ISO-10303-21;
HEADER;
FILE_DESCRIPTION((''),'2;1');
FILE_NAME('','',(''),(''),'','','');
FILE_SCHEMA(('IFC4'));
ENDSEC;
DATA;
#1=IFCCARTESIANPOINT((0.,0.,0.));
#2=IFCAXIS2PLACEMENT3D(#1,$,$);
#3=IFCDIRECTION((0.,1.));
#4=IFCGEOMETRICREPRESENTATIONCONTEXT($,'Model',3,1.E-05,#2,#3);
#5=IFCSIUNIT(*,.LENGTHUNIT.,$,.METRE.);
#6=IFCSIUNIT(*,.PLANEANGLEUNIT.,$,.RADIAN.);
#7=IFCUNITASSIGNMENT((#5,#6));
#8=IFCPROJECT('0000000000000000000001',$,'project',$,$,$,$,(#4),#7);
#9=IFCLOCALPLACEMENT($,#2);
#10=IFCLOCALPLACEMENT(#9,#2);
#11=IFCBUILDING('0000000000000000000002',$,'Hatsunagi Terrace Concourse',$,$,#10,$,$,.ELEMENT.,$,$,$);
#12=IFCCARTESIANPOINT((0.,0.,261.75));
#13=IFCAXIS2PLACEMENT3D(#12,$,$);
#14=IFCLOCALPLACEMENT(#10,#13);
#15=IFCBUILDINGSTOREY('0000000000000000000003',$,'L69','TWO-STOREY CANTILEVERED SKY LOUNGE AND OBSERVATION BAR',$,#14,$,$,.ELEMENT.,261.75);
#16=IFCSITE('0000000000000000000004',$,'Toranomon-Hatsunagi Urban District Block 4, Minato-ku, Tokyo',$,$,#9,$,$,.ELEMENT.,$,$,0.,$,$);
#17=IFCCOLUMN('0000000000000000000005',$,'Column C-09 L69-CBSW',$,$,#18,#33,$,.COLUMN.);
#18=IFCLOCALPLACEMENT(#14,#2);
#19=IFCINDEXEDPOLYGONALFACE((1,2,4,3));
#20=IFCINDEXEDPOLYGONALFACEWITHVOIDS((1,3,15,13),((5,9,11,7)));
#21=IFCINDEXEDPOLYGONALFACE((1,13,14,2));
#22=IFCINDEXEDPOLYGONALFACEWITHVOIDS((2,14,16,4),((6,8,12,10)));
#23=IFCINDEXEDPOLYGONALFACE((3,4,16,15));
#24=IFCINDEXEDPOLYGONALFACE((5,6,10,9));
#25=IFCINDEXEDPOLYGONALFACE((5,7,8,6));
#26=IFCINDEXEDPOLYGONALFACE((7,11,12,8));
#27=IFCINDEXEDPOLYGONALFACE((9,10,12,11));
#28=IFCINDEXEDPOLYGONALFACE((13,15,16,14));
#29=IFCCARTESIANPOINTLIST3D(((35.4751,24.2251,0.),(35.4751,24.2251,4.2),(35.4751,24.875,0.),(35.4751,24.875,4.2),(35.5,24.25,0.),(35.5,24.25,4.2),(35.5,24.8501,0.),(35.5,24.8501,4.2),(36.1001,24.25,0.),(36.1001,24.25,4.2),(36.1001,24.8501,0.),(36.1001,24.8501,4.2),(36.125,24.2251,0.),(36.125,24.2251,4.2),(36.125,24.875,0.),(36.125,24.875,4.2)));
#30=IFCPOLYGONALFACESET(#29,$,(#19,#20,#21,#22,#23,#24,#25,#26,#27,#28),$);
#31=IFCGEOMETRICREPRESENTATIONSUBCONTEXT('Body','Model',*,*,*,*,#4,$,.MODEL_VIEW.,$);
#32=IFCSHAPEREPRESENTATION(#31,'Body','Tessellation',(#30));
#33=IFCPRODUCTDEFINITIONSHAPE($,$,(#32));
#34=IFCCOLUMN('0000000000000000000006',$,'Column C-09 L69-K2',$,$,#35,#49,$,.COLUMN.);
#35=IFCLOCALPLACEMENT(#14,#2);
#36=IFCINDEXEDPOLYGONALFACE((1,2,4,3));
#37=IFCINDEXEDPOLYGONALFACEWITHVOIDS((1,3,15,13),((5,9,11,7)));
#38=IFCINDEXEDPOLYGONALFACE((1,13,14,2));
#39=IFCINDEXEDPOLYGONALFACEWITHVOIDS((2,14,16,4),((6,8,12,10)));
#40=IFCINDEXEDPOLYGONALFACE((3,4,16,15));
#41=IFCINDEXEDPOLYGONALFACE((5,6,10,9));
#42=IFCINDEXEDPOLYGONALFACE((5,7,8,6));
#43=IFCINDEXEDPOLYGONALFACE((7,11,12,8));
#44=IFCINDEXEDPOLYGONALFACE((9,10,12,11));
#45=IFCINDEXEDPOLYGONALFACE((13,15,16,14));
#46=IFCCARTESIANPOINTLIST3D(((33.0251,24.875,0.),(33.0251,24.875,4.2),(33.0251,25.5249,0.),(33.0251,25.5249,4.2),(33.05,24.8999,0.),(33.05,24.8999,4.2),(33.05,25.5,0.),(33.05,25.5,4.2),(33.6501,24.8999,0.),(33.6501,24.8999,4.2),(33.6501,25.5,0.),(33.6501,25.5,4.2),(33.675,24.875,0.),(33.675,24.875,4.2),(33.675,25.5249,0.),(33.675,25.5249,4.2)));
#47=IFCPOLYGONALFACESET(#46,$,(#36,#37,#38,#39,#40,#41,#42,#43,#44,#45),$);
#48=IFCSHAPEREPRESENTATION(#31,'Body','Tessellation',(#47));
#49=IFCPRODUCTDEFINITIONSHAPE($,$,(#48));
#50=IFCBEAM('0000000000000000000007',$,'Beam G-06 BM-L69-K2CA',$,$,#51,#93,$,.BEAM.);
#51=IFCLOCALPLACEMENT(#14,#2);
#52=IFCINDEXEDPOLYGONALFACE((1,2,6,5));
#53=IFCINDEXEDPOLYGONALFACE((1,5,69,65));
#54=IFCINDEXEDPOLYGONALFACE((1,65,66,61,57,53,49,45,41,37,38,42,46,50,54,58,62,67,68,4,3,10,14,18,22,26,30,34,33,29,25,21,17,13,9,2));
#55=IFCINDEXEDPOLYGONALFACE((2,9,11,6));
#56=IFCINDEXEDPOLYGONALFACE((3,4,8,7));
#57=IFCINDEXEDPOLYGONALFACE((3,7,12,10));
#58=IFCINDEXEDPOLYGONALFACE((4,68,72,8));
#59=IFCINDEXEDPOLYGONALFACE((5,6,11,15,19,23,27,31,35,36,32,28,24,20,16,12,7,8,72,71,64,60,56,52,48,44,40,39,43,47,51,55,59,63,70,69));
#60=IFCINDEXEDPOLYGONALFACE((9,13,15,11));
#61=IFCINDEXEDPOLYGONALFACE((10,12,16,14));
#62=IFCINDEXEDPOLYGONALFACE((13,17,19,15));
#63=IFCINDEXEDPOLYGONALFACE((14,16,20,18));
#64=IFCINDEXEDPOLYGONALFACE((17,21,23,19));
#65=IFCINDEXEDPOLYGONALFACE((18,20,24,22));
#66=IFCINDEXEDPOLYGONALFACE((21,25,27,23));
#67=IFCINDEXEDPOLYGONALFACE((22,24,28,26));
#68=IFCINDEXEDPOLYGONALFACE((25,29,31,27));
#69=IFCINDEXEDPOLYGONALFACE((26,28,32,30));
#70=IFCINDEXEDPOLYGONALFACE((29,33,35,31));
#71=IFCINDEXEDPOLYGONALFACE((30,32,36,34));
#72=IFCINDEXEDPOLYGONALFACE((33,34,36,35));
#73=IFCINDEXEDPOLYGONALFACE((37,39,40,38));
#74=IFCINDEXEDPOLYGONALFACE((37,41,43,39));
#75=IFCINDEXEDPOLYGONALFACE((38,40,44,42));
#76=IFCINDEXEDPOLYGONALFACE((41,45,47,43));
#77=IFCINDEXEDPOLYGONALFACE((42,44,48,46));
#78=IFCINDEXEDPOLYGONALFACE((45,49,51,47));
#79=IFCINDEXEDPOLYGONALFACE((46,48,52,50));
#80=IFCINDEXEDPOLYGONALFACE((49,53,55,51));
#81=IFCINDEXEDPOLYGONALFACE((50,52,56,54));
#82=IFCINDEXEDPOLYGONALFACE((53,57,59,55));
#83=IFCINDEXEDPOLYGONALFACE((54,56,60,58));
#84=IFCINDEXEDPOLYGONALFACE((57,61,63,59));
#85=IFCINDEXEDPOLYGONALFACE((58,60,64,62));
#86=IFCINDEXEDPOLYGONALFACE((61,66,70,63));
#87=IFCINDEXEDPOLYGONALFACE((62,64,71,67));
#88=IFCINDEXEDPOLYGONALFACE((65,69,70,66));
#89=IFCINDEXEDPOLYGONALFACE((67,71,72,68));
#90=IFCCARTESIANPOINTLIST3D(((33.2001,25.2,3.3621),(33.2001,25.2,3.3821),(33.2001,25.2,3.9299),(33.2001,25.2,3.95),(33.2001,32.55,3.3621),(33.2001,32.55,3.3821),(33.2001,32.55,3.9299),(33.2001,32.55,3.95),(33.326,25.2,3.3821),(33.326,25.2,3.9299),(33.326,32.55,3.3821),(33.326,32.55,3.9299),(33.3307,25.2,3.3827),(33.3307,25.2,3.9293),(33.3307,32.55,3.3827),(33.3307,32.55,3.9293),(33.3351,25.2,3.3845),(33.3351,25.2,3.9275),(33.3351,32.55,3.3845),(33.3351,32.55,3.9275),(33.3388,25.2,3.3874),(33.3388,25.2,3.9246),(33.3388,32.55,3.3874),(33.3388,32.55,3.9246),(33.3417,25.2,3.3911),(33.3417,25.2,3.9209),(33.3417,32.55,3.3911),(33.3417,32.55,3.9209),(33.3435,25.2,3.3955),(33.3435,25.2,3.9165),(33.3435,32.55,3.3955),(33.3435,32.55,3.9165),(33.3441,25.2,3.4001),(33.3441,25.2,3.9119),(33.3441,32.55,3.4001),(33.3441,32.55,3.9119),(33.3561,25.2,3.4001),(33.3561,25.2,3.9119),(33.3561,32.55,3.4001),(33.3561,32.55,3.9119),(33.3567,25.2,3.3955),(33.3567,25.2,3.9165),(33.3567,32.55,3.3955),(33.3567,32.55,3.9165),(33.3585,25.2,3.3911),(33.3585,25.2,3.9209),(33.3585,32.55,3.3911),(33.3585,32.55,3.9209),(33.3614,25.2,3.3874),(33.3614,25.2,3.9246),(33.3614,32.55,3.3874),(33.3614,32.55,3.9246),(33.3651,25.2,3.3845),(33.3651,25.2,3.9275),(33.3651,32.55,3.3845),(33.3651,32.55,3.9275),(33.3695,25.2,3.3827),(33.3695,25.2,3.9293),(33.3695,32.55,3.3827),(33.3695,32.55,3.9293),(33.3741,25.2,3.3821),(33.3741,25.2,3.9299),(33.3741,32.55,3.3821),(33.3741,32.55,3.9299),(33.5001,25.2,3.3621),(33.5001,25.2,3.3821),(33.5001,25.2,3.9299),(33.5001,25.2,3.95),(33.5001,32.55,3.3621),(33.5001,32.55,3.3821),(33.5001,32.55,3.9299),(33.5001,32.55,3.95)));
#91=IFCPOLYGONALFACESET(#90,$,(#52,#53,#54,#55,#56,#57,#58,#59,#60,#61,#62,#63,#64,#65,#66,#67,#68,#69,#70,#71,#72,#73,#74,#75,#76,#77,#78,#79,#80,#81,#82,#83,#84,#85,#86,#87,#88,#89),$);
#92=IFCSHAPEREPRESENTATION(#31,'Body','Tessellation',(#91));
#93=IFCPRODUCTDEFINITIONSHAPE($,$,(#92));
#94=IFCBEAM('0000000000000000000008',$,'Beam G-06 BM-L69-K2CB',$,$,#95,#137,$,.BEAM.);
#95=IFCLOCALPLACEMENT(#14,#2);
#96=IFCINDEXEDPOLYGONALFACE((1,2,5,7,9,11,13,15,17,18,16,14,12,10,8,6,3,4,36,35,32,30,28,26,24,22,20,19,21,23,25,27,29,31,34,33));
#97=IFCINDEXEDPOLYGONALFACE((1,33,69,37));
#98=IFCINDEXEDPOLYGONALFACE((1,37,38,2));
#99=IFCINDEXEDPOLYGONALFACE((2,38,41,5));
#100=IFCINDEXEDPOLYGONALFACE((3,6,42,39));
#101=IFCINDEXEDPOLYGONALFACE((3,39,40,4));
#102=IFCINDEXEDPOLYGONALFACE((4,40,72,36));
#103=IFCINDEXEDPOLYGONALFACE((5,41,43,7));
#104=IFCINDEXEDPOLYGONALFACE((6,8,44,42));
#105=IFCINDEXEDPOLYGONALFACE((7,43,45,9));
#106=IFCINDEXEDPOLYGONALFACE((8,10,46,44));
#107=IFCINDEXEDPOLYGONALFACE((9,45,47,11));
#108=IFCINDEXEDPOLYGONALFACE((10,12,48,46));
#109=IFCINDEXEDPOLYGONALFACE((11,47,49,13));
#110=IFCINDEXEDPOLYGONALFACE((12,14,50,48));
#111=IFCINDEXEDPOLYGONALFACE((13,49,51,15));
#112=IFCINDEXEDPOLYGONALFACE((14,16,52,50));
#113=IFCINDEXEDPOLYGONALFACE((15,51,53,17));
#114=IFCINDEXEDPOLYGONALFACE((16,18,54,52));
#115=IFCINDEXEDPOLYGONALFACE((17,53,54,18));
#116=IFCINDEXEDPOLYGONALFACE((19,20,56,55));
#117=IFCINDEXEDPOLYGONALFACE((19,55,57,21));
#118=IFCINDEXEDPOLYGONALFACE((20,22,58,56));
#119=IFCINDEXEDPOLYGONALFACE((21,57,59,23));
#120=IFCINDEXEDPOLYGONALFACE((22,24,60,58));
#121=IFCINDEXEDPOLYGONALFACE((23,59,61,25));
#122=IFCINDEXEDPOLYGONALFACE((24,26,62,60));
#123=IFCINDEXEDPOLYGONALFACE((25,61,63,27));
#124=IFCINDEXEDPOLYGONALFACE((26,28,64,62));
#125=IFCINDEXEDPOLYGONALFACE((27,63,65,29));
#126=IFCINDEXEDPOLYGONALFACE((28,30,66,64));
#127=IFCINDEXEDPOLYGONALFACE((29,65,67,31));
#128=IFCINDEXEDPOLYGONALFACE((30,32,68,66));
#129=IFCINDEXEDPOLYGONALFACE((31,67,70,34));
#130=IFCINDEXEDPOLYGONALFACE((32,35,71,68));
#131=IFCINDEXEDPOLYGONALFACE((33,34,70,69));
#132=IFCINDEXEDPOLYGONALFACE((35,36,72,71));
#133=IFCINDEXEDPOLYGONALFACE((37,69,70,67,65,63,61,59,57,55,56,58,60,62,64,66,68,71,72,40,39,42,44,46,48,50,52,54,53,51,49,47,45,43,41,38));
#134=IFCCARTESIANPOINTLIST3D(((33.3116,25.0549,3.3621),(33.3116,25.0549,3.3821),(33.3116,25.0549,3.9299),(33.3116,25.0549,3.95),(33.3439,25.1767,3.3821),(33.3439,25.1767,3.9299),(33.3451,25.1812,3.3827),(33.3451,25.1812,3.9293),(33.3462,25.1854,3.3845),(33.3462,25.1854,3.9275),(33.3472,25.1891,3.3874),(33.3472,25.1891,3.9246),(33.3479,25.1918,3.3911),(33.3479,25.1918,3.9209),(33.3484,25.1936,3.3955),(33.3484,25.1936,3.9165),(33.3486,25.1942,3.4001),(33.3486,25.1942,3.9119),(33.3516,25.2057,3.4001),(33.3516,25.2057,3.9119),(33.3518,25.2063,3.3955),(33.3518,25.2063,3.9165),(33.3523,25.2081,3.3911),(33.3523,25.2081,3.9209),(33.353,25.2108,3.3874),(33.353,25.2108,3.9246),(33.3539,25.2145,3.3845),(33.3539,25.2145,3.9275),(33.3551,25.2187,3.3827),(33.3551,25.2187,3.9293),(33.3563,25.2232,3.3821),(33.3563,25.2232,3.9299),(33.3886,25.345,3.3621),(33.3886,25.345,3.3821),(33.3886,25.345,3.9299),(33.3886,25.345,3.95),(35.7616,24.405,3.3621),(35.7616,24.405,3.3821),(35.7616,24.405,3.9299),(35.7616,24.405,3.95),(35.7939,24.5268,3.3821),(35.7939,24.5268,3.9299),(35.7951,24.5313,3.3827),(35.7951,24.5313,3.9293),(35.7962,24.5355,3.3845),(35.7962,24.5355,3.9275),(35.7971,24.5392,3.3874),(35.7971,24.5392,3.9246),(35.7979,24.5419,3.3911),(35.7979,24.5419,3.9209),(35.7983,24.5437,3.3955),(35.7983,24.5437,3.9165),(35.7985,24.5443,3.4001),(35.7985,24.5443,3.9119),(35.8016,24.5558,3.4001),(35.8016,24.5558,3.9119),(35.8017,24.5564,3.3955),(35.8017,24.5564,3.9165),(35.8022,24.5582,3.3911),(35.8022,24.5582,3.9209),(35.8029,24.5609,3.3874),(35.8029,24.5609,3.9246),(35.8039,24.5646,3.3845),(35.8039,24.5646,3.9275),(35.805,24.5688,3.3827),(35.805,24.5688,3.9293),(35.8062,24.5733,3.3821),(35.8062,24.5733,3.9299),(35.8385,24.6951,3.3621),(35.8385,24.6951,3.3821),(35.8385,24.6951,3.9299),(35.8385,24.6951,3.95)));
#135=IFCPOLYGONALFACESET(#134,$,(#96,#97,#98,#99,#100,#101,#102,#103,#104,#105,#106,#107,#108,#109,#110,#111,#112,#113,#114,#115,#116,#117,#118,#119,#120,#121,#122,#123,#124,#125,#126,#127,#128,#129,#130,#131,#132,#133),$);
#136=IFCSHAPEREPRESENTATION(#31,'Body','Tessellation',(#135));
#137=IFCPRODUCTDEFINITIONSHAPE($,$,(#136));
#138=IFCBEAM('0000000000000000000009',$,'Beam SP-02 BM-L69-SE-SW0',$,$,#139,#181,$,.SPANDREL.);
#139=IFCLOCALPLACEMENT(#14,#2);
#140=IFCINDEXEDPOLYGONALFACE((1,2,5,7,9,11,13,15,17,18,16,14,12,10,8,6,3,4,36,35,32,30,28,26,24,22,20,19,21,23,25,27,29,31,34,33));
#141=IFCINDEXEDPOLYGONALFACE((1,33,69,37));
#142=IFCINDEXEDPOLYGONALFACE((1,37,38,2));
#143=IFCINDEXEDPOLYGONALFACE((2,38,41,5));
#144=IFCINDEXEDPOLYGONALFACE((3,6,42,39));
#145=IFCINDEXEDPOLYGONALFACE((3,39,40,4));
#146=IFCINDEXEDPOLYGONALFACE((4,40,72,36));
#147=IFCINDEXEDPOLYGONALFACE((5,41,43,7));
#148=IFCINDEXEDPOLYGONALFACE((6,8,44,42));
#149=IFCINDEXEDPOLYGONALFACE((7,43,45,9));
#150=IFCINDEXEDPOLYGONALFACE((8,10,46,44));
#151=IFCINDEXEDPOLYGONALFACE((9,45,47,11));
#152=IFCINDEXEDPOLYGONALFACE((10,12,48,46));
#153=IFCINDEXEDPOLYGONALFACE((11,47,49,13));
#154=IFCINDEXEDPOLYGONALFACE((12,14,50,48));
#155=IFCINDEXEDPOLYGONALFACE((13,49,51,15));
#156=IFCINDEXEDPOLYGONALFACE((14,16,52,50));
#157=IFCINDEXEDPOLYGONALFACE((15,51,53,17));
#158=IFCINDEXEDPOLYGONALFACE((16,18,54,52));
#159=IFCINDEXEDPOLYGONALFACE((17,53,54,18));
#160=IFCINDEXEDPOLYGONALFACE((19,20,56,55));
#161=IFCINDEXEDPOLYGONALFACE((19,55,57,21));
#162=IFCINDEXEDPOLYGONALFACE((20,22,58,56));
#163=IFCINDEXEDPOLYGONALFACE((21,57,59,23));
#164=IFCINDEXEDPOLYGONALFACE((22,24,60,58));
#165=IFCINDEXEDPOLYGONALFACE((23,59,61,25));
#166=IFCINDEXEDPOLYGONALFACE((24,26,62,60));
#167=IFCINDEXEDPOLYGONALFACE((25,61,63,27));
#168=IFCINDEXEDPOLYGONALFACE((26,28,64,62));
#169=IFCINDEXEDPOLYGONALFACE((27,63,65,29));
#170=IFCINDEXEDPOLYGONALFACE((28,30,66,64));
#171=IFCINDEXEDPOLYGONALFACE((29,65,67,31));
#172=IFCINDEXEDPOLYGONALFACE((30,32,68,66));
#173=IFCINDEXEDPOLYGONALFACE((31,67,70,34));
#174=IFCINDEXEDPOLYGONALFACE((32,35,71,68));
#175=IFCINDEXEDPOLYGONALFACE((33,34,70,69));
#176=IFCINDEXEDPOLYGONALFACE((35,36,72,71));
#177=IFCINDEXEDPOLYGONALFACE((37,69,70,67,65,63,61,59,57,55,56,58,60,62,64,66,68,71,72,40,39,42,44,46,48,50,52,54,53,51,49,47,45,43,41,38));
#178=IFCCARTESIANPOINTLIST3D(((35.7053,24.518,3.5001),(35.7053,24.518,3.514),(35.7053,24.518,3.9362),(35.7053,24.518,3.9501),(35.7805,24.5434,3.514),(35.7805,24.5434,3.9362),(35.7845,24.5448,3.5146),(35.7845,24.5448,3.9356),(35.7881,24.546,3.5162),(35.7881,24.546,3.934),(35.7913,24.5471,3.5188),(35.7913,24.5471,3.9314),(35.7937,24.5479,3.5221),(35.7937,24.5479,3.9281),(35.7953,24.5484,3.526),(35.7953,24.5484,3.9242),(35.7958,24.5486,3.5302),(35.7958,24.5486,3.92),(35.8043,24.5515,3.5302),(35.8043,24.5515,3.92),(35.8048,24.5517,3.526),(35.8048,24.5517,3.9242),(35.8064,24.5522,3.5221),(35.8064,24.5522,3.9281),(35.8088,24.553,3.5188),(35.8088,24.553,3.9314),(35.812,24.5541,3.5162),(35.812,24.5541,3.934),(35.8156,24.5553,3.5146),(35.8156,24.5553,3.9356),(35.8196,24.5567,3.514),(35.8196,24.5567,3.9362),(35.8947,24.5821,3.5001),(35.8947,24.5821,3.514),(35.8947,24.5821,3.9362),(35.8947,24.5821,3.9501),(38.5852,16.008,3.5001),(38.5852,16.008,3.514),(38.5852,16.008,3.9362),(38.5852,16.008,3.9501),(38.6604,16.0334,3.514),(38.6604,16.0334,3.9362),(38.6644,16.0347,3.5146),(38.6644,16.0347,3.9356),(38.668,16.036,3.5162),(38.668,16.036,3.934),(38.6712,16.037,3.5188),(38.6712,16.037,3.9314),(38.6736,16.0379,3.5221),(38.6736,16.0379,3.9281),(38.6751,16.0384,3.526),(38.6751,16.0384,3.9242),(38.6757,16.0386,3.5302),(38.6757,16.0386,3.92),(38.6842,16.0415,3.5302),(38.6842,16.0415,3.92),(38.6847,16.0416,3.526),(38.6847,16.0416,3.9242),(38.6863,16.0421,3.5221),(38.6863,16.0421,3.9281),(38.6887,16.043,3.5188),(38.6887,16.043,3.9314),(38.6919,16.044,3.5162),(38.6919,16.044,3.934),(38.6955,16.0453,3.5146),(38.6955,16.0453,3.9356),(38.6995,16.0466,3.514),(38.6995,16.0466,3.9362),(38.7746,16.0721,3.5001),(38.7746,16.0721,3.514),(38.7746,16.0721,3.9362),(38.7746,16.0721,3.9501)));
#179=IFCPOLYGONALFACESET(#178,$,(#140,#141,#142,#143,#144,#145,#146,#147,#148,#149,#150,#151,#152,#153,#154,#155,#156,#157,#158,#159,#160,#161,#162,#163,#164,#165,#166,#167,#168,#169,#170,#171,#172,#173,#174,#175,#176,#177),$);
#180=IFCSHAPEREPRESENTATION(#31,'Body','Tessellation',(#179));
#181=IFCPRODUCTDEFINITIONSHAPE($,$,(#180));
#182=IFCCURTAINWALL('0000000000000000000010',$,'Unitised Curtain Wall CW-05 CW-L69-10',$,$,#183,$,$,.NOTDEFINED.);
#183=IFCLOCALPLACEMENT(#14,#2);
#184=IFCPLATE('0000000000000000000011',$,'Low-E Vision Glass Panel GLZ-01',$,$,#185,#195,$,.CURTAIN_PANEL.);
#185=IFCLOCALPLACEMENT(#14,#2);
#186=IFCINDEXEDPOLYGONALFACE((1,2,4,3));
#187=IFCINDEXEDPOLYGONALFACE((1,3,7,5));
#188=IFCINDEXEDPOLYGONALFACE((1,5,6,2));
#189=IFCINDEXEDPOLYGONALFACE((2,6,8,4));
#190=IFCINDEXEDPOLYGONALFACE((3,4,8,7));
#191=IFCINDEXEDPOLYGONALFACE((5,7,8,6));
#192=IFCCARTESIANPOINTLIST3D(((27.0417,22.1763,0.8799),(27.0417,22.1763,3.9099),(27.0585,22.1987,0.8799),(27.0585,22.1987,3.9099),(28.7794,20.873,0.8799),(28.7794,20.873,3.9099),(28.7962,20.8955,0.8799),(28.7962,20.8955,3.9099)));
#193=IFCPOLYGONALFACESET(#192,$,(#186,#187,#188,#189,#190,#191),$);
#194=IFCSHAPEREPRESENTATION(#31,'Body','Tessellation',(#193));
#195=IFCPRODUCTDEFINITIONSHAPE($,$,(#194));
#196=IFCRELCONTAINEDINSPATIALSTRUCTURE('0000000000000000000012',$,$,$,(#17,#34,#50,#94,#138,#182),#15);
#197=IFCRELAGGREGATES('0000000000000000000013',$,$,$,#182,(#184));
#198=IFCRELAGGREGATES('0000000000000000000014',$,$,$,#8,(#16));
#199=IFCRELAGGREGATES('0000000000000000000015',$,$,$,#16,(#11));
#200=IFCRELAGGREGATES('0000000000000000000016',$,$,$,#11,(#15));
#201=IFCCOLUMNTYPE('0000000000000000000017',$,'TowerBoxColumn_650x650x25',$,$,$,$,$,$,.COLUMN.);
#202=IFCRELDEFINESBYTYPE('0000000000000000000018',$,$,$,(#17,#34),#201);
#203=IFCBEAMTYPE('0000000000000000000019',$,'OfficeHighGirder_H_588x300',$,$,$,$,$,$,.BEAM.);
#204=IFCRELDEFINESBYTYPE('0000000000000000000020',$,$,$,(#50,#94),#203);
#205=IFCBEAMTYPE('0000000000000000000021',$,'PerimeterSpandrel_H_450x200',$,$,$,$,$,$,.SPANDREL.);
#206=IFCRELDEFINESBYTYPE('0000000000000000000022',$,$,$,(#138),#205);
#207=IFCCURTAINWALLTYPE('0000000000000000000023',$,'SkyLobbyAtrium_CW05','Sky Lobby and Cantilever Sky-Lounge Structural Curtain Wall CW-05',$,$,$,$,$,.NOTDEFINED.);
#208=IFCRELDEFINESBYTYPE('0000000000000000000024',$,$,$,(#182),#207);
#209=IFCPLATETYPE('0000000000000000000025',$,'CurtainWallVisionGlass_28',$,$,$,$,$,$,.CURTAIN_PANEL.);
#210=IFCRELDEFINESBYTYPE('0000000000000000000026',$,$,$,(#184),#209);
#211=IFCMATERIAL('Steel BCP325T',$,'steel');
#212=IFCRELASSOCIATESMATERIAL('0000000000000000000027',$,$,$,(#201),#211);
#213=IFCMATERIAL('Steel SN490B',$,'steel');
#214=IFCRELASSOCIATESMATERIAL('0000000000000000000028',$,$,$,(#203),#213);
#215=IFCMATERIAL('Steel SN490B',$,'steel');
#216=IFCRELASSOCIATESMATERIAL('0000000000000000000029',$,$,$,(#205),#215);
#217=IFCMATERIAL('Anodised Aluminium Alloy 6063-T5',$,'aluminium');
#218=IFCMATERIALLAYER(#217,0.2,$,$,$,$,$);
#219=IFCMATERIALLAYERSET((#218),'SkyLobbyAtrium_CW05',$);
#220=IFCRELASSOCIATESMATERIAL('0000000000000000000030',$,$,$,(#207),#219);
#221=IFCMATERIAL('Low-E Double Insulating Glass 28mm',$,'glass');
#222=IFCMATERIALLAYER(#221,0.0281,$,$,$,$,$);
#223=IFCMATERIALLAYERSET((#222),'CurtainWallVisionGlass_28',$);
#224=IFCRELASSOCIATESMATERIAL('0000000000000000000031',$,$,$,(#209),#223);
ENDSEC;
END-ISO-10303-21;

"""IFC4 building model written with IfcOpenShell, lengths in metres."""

from ifc_helpers import new_model, si_unit, direction, frame, origin, origin_2d, place, context, subcontext, project, spatial, rectangle, hollow_rectangle, i_section, extrude, material, layer, layer_set, material_profile, profile_set, type_object, element, aggregate, save


model = new_model("IFC4")

# Units and contexts
model_context = context("Model", 3, precision=1e-05, world=origin(), true_north=direction((0.0, 1.0)))
body_context = subcontext(model_context, "Body", "Model", "MODEL_VIEW")
ifc_project = project(units=[si_unit("LENGTHUNIT", "METRE"), si_unit("PLANEANGLEUNIT", "RADIAN")], contexts=[model_context])

# Site, building, storey
site_placement = place(None, origin())
site = spatial("IfcSite", under=ifc_project, at=site_placement, Name="Toranomon-Hatsunagi Urban District Block 4, Minato-ku, Tokyo", CompositionType="ELEMENT", RefElevation=0.0)
building_placement = place(site_placement, origin())
building = spatial("IfcBuilding", under=site, at=building_placement, Name="Hatsunagi Terrace Concourse", CompositionType="ELEMENT")
storey_placement = place(building_placement, frame((0.0, 0.0, 261.75)))
storey = spatial("IfcBuildingStorey", under=building, at=storey_placement, Name="L69", Description="TWO-STOREY CANTILEVERED SKY LOUNGE AND OBSERVATION BAR", CompositionType="ELEMENT", Elevation=261.75)

# Columns
ifc_material_1 = material(Name="Steel BCP325T", Category="steel")
ifc_material_profile_1 = material_profile(ifc_material_1, hollow_rectangle(XDim=0.6499, YDim=0.6499, WallThickness=0.0249, at=origin_2d()), Name="BCP-650x650x25")
ifc_profile_set_1 = profile_set([ifc_material_profile_1], Name="Steel BCP325T")
column_type = type_object("IfcColumnType", Name="TowerBoxColumn_650x650x25", PredefinedType="COLUMN", material=ifc_profile_set_1)
for number, where, z_axis, x_axis, name in (
    (1, (35.8, 24.55, 0.0), (0.0, 0.0, 1.0), (1.0, 0.0, 0.0), "Column C-09 L69-CBSW"),
    (2, (33.3501, 25.2, 0.0), (0.0, 0.0, 1.0), (1.0, 0.0, 0.0), "Column C-09 L69-K2"),
):
    element("IfcColumn", number, at=place(storey_placement, frame(where, z_axis=z_axis, x_axis=x_axis)), inside=storey, type_object=column_type, Name=name, PredefinedType="COLUMN", context=body_context, shape_type="SweptSolid", body=[
        extrude(hollow_rectangle(XDim=0.6499, YDim=0.6499, WallThickness=0.0249, at=origin_2d()), origin(), (0.0, 0.0, 1.0), 4.2),
    ])

# Beams
ifc_material_2 = material(Name="Steel SN490B", Category="steel")
ifc_material_profile_2 = material_profile(ifc_material_2, i_section(OverallWidth=0.3, OverallDepth=0.5879, WebThickness=0.012, FlangeThickness=0.02, FilletRadius=0.0181, at=origin_2d()), Name="H-588x300x12x20")
ifc_profile_set_2 = profile_set([ifc_material_profile_2], Name="Steel SN490B")
beam_type_1 = type_object("IfcBeamType", Name="OfficeHighGirder_H_588x300", PredefinedType="BEAM", material=ifc_profile_set_2)
beam_1_placement = place(storey_placement, frame((33.3501, 25.2, 3.656), z_axis=(0.0, 1.0, 0.0), x_axis=(-1.0, 0.0, 0.0)))
element("IfcBeam", 3, at=beam_1_placement, inside=storey, type_object=beam_type_1, Name="Beam G-06 BM-L69-K2CA", PredefinedType="BEAM", context=body_context, shape_type="SweptSolid", body=[
    extrude(i_section(OverallWidth=0.3, OverallDepth=0.5879, WebThickness=0.012, FlangeThickness=0.02, FilletRadius=0.0181, at=origin_2d()), origin(), (0.0, 0.0, 1.0), 7.3501),
])
beam_2_placement = place(storey_placement, frame((33.3501, 25.2, 3.656), z_axis=(0.96657, -0.256403, 0.0), x_axis=(0.256403, 0.96657, 0.0)))
element("IfcBeam", 4, at=beam_2_placement, inside=storey, type_object=beam_type_1, Name="Beam G-06 BM-L69-K2CB", PredefinedType="BEAM", context=body_context, shape_type="SweptSolid", body=[
    extrude(i_section(OverallWidth=0.3, OverallDepth=0.5879, WebThickness=0.012, FlangeThickness=0.02, FilletRadius=0.0181, at=origin_2d()), origin(), (0.0, 0.0, 1.0), 2.5347),
])
ifc_material_3 = material(Name="Steel SN490B", Category="steel")
ifc_material_profile_3 = material_profile(ifc_material_3, i_section(OverallWidth=0.2, OverallDepth=0.45, WebThickness=0.009, FlangeThickness=0.0139, FilletRadius=0.0161, at=origin_2d()), Name="H-450x200x9x14")
ifc_profile_set_3 = profile_set([ifc_material_profile_3], Name="Steel SN490B")
beam_type_2 = type_object("IfcBeamType", Name="PerimeterSpandrel_H_450x200", PredefinedType="SPANDREL", material=ifc_profile_set_3)
beam_3_placement = place(storey_placement, frame((35.8, 24.55, 3.7251), z_axis=(0.320553, -0.94723, 0.0), x_axis=(0.94723, 0.320553, 0.0)))
element("IfcBeam", 5, at=beam_3_placement, inside=storey, type_object=beam_type_2, Name="Beam SP-02 BM-L69-SE-SW0", PredefinedType="SPANDREL", context=body_context, shape_type="SweptSolid", body=[
    extrude(i_section(OverallWidth=0.2, OverallDepth=0.45, WebThickness=0.009, FlangeThickness=0.0139, FilletRadius=0.0161, at=origin_2d()), origin(), (0.0, 0.0, 1.0), 8.9841),
])

# Curtain wall, plate
ifc_material_4 = material(Name="Anodised Aluminium Alloy 6063-T5", Category="aluminium")
ifc_layer_1 = layer(ifc_material_4, 0.2)
ifc_layer_set_1 = layer_set([ifc_layer_1], Name="SkyLobbyAtrium_CW05")
curtain_wall_type = type_object("IfcCurtainWallType", Name="SkyLobbyAtrium_CW05", Description="Sky Lobby and Cantilever Sky-Lounge Structural Curtain Wall CW-05", PredefinedType="NOTDEFINED", material=ifc_layer_set_1)
curtain_wall_placement = place(storey_placement, origin())
curtain_wall = element("IfcCurtainWall", 6, at=curtain_wall_placement, inside=storey, type_object=curtain_wall_type, Name="Unitised Curtain Wall CW-05 CW-L69-10", PredefinedType="NOTDEFINED")
ifc_material_5 = material(Name="Low-E Double Insulating Glass 28mm", Category="glass")
ifc_layer_2 = layer(ifc_material_5, 0.0281)
ifc_layer_set_2 = layer_set([ifc_layer_2], Name="CurtainWallVisionGlass_28")
plate_type = type_object("IfcPlateType", Name="CurtainWallVisionGlass_28", PredefinedType="CURTAIN_PANEL", material=ifc_layer_set_2)
plate_placement = place(storey_placement, frame((27.9189, 21.5359, 0.8799), z_axis=(0.0, 0.0, 1.0), x_axis=(-0.800007, 0.59999, 0.0)))
plate = element("IfcPlate", 7, at=plate_placement, type_object=plate_type, Name="Low-E Vision Glass Panel GLZ-01", PredefinedType="CURTAIN_PANEL", context=body_context, shape_type="SweptSolid", body=[
    extrude(rectangle(XDim=2.1721, YDim=0.0281, at=origin_2d()), origin(), (0.0, 0.0, 1.0), 3.03),
])
aggregate(curtain_wall, [plate])

save(model, "model.ifc")
